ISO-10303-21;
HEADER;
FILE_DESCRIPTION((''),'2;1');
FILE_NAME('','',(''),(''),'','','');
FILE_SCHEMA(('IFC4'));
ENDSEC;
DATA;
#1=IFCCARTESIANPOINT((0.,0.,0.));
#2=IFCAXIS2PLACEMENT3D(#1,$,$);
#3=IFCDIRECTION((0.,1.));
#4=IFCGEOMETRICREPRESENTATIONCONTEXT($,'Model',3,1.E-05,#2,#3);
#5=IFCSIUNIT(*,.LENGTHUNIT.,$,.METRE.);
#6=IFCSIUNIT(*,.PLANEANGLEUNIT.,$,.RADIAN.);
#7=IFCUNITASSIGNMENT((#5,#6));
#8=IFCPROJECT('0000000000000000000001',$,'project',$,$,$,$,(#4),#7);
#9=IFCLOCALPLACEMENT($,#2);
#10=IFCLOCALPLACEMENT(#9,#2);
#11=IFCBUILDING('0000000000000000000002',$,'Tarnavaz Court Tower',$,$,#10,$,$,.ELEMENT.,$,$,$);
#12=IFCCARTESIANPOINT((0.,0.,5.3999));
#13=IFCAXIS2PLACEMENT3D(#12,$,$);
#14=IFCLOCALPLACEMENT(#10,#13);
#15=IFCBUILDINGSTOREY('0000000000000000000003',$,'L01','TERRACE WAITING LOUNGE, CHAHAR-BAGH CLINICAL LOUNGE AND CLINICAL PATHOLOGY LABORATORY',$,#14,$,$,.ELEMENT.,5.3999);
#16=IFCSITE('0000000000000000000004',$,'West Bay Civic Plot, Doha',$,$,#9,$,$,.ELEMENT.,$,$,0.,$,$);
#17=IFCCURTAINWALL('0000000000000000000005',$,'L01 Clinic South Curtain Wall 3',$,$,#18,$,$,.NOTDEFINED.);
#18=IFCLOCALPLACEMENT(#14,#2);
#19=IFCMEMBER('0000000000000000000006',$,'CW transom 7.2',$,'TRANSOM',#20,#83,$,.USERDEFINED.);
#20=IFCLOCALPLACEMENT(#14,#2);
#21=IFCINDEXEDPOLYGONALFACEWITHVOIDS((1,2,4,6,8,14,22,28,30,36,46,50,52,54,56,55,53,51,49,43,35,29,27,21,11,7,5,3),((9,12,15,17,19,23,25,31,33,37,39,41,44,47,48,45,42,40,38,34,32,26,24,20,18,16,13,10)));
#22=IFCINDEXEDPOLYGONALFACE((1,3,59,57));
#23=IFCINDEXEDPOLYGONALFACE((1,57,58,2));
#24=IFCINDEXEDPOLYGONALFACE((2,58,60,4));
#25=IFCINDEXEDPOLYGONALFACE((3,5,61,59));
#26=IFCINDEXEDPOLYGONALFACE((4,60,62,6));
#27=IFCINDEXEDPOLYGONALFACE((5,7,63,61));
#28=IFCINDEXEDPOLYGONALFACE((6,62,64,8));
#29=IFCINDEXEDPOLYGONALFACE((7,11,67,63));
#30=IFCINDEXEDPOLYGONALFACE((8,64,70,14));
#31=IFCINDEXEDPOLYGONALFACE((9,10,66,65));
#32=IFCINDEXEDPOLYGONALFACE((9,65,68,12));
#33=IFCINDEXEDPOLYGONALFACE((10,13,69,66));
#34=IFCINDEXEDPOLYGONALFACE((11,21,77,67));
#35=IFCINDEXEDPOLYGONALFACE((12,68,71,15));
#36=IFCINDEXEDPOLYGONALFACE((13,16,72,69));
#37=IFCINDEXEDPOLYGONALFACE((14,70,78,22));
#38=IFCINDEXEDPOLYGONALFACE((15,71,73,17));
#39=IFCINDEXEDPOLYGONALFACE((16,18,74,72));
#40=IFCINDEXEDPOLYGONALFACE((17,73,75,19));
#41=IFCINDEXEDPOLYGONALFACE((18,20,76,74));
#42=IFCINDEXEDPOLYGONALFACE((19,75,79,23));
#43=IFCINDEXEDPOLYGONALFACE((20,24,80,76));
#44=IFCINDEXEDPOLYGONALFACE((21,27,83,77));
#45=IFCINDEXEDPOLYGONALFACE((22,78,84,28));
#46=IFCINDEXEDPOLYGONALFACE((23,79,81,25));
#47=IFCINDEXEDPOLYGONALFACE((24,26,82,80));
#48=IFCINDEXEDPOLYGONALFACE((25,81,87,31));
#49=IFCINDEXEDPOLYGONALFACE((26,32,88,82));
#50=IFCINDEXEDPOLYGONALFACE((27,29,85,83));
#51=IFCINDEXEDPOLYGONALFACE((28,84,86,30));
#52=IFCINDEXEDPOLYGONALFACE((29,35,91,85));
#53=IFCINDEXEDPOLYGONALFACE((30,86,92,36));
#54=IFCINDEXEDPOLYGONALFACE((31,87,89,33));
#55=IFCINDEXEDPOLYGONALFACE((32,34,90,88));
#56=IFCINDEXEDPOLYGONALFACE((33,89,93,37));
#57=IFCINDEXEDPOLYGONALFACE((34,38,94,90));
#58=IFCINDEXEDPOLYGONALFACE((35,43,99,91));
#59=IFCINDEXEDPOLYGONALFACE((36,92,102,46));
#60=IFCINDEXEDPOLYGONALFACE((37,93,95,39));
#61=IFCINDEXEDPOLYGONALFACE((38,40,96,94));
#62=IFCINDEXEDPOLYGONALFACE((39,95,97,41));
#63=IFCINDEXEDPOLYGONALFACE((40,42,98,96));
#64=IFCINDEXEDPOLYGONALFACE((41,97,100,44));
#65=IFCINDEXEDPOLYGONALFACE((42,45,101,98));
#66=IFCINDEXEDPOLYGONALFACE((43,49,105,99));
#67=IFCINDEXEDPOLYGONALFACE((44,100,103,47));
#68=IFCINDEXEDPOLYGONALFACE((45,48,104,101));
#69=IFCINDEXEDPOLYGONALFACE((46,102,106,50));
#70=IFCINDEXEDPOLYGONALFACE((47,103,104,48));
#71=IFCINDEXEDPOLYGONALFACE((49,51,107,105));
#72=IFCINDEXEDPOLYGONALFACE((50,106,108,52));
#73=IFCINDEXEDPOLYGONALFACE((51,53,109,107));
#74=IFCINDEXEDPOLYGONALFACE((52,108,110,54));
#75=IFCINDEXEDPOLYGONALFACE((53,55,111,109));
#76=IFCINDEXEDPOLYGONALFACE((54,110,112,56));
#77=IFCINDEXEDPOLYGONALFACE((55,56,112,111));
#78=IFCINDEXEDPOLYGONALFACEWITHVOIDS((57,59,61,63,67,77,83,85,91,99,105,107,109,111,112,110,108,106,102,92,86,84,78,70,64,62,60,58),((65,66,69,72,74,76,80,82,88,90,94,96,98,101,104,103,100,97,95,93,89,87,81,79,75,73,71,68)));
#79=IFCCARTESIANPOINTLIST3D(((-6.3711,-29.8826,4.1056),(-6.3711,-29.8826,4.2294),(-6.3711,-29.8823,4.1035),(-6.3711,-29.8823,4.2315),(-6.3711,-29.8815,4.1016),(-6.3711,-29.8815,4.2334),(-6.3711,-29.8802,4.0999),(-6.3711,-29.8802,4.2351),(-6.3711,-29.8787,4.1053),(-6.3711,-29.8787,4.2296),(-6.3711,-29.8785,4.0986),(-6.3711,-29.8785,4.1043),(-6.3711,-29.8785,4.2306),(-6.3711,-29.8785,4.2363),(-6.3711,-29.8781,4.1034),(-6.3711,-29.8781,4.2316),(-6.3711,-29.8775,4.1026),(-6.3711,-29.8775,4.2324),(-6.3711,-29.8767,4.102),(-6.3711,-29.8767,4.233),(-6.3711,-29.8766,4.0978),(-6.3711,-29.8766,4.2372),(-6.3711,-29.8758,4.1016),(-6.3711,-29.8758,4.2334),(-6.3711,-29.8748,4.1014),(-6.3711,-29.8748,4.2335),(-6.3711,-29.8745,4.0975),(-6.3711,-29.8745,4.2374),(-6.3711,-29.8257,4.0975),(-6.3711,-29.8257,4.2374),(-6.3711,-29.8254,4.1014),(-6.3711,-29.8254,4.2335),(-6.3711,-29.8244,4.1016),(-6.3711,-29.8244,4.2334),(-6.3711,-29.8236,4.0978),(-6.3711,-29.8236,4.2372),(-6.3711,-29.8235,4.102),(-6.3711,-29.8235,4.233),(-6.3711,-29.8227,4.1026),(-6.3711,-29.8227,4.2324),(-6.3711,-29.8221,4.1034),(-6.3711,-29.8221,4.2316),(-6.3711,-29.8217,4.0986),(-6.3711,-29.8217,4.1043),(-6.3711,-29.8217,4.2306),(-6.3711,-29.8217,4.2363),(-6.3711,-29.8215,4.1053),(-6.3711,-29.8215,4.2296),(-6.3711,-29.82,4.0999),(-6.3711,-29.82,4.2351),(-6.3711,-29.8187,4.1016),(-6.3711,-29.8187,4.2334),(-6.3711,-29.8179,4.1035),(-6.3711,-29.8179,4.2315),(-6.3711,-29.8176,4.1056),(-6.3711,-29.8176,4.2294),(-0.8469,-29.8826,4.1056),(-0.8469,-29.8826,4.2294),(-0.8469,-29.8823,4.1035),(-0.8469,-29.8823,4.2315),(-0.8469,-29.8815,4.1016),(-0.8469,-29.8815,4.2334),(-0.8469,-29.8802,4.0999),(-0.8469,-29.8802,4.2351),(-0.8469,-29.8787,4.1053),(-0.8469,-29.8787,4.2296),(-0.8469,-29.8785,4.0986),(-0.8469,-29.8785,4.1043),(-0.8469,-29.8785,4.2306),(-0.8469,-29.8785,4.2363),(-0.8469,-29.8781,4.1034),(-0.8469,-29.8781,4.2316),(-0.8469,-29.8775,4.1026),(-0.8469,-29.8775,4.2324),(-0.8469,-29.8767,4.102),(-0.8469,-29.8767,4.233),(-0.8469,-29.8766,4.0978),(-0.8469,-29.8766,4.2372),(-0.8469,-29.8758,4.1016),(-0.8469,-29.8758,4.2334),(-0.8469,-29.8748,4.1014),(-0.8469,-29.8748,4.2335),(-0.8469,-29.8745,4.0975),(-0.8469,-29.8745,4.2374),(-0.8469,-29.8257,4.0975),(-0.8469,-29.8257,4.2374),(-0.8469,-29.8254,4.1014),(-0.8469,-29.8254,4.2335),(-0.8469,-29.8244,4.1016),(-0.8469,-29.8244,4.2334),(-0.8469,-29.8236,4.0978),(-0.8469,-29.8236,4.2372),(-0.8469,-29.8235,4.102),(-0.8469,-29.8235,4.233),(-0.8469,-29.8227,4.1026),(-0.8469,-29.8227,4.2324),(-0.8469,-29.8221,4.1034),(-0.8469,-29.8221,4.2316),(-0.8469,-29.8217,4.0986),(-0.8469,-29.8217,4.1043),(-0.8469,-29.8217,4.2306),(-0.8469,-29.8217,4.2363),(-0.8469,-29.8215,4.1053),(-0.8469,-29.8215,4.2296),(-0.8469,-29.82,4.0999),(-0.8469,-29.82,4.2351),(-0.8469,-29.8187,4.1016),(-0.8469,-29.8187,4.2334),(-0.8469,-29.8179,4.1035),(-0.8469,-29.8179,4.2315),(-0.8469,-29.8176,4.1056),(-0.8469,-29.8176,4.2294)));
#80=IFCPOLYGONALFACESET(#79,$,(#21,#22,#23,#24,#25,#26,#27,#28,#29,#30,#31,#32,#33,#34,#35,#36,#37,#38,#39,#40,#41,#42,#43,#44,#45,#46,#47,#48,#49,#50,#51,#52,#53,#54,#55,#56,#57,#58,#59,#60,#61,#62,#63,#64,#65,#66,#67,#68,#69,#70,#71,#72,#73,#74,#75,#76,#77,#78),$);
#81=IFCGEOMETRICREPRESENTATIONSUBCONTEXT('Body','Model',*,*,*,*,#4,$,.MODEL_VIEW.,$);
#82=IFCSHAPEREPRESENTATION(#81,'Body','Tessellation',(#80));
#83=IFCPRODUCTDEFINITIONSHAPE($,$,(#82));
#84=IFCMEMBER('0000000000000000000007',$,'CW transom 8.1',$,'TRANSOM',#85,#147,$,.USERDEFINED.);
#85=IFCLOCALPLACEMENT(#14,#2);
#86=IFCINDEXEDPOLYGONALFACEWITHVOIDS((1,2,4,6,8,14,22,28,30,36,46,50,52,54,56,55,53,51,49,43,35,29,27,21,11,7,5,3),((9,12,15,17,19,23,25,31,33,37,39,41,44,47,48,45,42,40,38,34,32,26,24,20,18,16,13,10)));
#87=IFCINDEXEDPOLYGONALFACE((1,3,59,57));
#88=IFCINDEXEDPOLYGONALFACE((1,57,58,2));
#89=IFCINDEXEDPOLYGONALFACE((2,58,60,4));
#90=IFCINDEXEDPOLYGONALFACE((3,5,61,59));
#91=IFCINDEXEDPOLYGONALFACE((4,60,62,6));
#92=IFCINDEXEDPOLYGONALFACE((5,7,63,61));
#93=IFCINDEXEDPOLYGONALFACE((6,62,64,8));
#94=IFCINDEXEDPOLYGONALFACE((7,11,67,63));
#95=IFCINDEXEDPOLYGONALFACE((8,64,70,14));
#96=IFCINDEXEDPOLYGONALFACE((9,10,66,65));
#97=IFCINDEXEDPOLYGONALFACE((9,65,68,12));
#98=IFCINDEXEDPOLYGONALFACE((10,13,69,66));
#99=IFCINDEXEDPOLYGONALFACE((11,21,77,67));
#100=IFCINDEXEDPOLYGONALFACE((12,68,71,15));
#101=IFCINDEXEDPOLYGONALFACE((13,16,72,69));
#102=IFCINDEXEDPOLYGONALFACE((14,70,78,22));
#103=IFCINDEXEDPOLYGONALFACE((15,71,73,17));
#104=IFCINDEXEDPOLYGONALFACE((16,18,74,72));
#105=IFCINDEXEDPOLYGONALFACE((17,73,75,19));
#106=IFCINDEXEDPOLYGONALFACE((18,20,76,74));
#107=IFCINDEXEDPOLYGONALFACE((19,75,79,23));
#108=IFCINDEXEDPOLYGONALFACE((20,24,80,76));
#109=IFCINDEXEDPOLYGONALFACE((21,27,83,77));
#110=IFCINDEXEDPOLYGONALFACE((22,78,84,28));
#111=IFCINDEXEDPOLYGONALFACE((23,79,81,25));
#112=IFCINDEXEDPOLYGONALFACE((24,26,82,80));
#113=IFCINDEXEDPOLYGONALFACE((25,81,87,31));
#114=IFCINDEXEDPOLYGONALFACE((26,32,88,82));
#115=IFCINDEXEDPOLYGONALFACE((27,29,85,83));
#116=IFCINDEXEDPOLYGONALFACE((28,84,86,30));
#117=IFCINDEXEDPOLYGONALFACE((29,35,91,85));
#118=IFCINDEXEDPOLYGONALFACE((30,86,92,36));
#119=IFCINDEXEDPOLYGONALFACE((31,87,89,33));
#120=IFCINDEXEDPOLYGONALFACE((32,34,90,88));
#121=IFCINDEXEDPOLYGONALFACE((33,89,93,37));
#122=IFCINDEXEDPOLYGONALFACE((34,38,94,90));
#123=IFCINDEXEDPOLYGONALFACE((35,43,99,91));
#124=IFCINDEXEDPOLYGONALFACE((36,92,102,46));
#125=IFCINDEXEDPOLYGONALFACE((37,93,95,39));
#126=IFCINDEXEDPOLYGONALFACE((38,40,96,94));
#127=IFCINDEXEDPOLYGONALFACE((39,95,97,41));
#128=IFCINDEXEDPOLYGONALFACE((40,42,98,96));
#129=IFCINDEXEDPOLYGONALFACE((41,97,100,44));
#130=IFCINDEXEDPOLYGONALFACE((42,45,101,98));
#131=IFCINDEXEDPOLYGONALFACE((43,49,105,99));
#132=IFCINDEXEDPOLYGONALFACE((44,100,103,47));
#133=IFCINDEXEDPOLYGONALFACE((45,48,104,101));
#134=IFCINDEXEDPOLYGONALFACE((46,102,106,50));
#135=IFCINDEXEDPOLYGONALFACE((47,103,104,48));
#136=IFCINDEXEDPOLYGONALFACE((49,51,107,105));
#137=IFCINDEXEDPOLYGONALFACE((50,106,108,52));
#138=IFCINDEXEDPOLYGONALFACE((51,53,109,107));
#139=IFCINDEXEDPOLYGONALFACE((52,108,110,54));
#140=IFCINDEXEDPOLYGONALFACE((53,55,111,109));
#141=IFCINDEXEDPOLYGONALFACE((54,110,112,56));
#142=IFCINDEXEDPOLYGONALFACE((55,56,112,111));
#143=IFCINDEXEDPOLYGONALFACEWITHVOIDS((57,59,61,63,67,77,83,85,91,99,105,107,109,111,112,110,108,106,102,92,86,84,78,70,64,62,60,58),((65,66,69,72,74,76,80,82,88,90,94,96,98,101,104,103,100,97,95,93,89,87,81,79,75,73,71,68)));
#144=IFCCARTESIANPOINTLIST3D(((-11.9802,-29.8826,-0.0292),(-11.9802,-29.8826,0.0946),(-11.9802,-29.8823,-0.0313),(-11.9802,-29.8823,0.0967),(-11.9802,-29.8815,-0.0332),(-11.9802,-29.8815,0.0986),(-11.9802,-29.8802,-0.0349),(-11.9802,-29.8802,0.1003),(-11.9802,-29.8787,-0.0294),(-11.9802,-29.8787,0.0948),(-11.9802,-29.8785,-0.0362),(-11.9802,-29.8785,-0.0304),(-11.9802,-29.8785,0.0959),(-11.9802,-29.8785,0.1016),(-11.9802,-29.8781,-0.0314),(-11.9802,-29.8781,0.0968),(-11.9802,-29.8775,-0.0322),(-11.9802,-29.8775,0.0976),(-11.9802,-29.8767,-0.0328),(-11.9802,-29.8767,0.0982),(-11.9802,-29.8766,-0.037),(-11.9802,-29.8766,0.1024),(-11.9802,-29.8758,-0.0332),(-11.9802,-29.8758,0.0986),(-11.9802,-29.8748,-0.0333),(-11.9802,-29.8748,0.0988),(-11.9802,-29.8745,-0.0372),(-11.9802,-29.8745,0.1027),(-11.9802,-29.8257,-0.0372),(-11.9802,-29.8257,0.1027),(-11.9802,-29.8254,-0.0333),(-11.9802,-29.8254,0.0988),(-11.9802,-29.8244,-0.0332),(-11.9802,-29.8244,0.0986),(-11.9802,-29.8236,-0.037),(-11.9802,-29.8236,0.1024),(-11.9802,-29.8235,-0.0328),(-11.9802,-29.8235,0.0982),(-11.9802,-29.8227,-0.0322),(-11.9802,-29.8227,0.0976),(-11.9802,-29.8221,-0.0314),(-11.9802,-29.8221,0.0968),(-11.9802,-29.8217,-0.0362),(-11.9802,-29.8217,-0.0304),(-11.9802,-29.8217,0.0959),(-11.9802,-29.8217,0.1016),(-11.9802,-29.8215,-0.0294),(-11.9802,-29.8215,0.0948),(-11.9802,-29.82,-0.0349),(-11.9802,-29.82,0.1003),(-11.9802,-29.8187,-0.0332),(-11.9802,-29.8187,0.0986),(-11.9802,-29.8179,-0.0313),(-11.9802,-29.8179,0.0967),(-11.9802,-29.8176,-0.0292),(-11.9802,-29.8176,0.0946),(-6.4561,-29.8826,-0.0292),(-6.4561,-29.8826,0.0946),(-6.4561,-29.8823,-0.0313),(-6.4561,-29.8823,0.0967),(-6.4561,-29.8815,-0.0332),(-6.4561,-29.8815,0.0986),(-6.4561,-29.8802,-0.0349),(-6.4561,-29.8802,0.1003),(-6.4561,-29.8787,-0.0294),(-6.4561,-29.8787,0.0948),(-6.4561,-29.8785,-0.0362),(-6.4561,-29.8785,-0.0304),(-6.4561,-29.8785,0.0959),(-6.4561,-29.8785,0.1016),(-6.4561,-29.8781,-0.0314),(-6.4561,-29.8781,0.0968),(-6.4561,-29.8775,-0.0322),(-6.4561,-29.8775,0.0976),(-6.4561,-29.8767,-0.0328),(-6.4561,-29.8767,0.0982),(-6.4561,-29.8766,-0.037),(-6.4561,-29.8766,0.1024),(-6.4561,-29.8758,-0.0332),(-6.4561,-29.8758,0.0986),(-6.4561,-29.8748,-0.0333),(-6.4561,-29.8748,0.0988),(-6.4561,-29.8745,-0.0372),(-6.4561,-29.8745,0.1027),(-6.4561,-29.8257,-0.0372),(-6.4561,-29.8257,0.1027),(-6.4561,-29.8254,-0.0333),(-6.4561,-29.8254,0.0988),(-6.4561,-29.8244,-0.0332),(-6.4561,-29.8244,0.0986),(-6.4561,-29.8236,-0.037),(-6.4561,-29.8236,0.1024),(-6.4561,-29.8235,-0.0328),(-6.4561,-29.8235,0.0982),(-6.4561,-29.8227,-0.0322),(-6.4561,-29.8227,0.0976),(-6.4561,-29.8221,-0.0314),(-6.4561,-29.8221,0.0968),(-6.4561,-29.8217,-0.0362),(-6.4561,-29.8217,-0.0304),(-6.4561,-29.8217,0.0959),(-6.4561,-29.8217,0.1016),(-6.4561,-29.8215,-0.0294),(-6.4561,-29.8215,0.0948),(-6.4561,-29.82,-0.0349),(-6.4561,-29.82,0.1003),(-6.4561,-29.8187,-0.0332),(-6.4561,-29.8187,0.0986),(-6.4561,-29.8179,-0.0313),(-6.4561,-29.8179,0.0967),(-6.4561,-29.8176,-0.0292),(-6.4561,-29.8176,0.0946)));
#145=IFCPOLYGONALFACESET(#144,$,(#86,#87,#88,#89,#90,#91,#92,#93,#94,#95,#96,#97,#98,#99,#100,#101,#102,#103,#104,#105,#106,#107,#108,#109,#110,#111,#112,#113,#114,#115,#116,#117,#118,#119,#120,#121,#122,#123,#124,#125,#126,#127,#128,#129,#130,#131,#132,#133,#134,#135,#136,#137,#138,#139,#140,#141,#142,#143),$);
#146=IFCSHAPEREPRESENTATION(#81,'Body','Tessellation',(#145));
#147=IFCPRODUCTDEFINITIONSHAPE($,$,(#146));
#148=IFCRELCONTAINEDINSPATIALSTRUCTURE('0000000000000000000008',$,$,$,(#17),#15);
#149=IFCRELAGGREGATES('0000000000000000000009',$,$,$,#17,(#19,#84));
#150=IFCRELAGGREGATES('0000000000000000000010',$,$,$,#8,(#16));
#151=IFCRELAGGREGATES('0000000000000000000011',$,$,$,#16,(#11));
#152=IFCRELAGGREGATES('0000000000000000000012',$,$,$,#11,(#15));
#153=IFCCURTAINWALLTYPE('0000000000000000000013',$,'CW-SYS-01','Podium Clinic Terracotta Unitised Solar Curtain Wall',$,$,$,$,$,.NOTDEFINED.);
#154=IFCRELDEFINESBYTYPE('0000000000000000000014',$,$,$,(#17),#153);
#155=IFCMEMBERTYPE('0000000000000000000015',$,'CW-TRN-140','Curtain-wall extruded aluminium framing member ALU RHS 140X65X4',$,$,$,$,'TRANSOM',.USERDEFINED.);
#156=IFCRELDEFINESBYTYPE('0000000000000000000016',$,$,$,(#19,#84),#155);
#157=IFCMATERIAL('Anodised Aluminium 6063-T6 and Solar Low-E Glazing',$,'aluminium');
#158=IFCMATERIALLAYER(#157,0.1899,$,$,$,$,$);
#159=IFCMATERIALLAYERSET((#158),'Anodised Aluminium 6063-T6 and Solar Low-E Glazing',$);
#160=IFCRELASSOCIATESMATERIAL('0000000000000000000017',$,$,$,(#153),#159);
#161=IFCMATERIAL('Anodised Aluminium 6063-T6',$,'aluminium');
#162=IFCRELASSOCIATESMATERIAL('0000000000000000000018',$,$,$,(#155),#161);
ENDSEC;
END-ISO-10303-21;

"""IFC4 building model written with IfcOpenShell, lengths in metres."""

from ifc_helpers import new_model, si_unit, direction, frame, origin, origin_2d, place, context, subcontext, project, spatial, hollow_rectangle, extrude, material, layer, layer_set, material_profile, profile_set, type_object, element, aggregate, save


model = new_model("IFC4")

# Units and contexts
model_context = context("Model", 3, precision=1e-05, world=origin(), true_north=direction((0.0, 1.0)))
body_context = subcontext(model_context, "Body", "Model", "MODEL_VIEW")
ifc_project = project(units=[si_unit("LENGTHUNIT", "METRE"), si_unit("PLANEANGLEUNIT", "RADIAN")], contexts=[model_context])

# Site, building, storey
site_placement = place(None, origin())
site = spatial("IfcSite", under=ifc_project, at=site_placement, Name="West Bay Civic Plot, Doha", CompositionType="ELEMENT", RefElevation=0.0)
building_placement = place(site_placement, origin())
building = spatial("IfcBuilding", under=site, at=building_placement, Name="Tarnavaz Court Tower", CompositionType="ELEMENT")
storey_placement = place(building_placement, frame((0.0, 0.0, 5.3999)))
storey = spatial("IfcBuildingStorey", under=building, at=storey_placement, Name="L01", Description="TERRACE WAITING LOUNGE, CHAHAR-BAGH CLINICAL LOUNGE AND CLINICAL PATHOLOGY LABORATORY", CompositionType="ELEMENT", Elevation=5.3999)

# Curtain wall, members
ifc_material_1 = material(Name="Anodised Aluminium 6063-T6 and Solar Low-E Glazing", Category="aluminium")
ifc_layer_1 = layer(ifc_material_1, 0.1899)
ifc_layer_set_1 = layer_set([ifc_layer_1], Name="Anodised Aluminium 6063-T6 and Solar Low-E Glazing")
curtain_wall_type = type_object("IfcCurtainWallType", Name="CW-SYS-01", Description="Podium Clinic Terracotta Unitised Solar Curtain Wall", PredefinedType="NOTDEFINED", material=ifc_layer_set_1)
curtain_wall_placement = place(storey_placement, origin())
curtain_wall = element("IfcCurtainWall", 1, at=curtain_wall_placement, inside=storey, type_object=curtain_wall_type, Name="L01 Clinic South Curtain Wall 3", PredefinedType="NOTDEFINED")
ifc_material_2 = material(Name="Anodised Aluminium 6063-T6", Category="aluminium")
ifc_material_profile_1 = material_profile(ifc_material_2, hollow_rectangle(XDim=0.0649, YDim=0.1399, WallThickness=0.0039, InnerFilletRadius=0.0039, OuterFilletRadius=0.0081, at=origin_2d()), Name="ALU RHS 140X65X4")
ifc_profile_set_1 = profile_set([ifc_material_profile_1], Name="Anodised Aluminium 6063-T6")
member_type_1 = type_object("IfcMemberType", Name="CW-TRN-140", Description="Curtain-wall extruded aluminium framing member ALU RHS 140X65X4", ElementType="TRANSOM", PredefinedType="USERDEFINED", material=ifc_profile_set_1)
member_1_placement = place(storey_placement, frame((-0.8469, -29.8501, 4.1675), z_axis=(-1.0, 0.0, 0.0), x_axis=(0.0, -1.0, 0.0)))
member_1 = element("IfcMember", 2, at=member_1_placement, type_object=member_type_1, Name="CW transom 7.2", ObjectType="TRANSOM", PredefinedType="USERDEFINED", context=body_context, shape_type="SweptSolid", body=[
    extrude(hollow_rectangle(XDim=0.0649, YDim=0.1399, WallThickness=0.0039, InnerFilletRadius=0.0039, OuterFilletRadius=0.0081, at=origin_2d()), origin(), (0.0, 0.0, 1.0), 5.5242),
])
member_2_placement = place(storey_placement, frame((-6.4561, -29.8501, 0.0327), z_axis=(-1.0, 0.0, 0.0), x_axis=(0.0, -1.0, 0.0)))
member_2 = element("IfcMember", 3, at=member_2_placement, type_object=member_type_1, Name="CW transom 8.1", ObjectType="TRANSOM", PredefinedType="USERDEFINED", context=body_context, shape_type="SweptSolid", body=[
    extrude(hollow_rectangle(XDim=0.0649, YDim=0.1399, WallThickness=0.0039, InnerFilletRadius=0.0039, OuterFilletRadius=0.0081, at=origin_2d()), origin(), (0.0, 0.0, 1.0), 5.5242),
])
aggregate(curtain_wall, [member_1, member_2])

save(model, "model.ifc")
